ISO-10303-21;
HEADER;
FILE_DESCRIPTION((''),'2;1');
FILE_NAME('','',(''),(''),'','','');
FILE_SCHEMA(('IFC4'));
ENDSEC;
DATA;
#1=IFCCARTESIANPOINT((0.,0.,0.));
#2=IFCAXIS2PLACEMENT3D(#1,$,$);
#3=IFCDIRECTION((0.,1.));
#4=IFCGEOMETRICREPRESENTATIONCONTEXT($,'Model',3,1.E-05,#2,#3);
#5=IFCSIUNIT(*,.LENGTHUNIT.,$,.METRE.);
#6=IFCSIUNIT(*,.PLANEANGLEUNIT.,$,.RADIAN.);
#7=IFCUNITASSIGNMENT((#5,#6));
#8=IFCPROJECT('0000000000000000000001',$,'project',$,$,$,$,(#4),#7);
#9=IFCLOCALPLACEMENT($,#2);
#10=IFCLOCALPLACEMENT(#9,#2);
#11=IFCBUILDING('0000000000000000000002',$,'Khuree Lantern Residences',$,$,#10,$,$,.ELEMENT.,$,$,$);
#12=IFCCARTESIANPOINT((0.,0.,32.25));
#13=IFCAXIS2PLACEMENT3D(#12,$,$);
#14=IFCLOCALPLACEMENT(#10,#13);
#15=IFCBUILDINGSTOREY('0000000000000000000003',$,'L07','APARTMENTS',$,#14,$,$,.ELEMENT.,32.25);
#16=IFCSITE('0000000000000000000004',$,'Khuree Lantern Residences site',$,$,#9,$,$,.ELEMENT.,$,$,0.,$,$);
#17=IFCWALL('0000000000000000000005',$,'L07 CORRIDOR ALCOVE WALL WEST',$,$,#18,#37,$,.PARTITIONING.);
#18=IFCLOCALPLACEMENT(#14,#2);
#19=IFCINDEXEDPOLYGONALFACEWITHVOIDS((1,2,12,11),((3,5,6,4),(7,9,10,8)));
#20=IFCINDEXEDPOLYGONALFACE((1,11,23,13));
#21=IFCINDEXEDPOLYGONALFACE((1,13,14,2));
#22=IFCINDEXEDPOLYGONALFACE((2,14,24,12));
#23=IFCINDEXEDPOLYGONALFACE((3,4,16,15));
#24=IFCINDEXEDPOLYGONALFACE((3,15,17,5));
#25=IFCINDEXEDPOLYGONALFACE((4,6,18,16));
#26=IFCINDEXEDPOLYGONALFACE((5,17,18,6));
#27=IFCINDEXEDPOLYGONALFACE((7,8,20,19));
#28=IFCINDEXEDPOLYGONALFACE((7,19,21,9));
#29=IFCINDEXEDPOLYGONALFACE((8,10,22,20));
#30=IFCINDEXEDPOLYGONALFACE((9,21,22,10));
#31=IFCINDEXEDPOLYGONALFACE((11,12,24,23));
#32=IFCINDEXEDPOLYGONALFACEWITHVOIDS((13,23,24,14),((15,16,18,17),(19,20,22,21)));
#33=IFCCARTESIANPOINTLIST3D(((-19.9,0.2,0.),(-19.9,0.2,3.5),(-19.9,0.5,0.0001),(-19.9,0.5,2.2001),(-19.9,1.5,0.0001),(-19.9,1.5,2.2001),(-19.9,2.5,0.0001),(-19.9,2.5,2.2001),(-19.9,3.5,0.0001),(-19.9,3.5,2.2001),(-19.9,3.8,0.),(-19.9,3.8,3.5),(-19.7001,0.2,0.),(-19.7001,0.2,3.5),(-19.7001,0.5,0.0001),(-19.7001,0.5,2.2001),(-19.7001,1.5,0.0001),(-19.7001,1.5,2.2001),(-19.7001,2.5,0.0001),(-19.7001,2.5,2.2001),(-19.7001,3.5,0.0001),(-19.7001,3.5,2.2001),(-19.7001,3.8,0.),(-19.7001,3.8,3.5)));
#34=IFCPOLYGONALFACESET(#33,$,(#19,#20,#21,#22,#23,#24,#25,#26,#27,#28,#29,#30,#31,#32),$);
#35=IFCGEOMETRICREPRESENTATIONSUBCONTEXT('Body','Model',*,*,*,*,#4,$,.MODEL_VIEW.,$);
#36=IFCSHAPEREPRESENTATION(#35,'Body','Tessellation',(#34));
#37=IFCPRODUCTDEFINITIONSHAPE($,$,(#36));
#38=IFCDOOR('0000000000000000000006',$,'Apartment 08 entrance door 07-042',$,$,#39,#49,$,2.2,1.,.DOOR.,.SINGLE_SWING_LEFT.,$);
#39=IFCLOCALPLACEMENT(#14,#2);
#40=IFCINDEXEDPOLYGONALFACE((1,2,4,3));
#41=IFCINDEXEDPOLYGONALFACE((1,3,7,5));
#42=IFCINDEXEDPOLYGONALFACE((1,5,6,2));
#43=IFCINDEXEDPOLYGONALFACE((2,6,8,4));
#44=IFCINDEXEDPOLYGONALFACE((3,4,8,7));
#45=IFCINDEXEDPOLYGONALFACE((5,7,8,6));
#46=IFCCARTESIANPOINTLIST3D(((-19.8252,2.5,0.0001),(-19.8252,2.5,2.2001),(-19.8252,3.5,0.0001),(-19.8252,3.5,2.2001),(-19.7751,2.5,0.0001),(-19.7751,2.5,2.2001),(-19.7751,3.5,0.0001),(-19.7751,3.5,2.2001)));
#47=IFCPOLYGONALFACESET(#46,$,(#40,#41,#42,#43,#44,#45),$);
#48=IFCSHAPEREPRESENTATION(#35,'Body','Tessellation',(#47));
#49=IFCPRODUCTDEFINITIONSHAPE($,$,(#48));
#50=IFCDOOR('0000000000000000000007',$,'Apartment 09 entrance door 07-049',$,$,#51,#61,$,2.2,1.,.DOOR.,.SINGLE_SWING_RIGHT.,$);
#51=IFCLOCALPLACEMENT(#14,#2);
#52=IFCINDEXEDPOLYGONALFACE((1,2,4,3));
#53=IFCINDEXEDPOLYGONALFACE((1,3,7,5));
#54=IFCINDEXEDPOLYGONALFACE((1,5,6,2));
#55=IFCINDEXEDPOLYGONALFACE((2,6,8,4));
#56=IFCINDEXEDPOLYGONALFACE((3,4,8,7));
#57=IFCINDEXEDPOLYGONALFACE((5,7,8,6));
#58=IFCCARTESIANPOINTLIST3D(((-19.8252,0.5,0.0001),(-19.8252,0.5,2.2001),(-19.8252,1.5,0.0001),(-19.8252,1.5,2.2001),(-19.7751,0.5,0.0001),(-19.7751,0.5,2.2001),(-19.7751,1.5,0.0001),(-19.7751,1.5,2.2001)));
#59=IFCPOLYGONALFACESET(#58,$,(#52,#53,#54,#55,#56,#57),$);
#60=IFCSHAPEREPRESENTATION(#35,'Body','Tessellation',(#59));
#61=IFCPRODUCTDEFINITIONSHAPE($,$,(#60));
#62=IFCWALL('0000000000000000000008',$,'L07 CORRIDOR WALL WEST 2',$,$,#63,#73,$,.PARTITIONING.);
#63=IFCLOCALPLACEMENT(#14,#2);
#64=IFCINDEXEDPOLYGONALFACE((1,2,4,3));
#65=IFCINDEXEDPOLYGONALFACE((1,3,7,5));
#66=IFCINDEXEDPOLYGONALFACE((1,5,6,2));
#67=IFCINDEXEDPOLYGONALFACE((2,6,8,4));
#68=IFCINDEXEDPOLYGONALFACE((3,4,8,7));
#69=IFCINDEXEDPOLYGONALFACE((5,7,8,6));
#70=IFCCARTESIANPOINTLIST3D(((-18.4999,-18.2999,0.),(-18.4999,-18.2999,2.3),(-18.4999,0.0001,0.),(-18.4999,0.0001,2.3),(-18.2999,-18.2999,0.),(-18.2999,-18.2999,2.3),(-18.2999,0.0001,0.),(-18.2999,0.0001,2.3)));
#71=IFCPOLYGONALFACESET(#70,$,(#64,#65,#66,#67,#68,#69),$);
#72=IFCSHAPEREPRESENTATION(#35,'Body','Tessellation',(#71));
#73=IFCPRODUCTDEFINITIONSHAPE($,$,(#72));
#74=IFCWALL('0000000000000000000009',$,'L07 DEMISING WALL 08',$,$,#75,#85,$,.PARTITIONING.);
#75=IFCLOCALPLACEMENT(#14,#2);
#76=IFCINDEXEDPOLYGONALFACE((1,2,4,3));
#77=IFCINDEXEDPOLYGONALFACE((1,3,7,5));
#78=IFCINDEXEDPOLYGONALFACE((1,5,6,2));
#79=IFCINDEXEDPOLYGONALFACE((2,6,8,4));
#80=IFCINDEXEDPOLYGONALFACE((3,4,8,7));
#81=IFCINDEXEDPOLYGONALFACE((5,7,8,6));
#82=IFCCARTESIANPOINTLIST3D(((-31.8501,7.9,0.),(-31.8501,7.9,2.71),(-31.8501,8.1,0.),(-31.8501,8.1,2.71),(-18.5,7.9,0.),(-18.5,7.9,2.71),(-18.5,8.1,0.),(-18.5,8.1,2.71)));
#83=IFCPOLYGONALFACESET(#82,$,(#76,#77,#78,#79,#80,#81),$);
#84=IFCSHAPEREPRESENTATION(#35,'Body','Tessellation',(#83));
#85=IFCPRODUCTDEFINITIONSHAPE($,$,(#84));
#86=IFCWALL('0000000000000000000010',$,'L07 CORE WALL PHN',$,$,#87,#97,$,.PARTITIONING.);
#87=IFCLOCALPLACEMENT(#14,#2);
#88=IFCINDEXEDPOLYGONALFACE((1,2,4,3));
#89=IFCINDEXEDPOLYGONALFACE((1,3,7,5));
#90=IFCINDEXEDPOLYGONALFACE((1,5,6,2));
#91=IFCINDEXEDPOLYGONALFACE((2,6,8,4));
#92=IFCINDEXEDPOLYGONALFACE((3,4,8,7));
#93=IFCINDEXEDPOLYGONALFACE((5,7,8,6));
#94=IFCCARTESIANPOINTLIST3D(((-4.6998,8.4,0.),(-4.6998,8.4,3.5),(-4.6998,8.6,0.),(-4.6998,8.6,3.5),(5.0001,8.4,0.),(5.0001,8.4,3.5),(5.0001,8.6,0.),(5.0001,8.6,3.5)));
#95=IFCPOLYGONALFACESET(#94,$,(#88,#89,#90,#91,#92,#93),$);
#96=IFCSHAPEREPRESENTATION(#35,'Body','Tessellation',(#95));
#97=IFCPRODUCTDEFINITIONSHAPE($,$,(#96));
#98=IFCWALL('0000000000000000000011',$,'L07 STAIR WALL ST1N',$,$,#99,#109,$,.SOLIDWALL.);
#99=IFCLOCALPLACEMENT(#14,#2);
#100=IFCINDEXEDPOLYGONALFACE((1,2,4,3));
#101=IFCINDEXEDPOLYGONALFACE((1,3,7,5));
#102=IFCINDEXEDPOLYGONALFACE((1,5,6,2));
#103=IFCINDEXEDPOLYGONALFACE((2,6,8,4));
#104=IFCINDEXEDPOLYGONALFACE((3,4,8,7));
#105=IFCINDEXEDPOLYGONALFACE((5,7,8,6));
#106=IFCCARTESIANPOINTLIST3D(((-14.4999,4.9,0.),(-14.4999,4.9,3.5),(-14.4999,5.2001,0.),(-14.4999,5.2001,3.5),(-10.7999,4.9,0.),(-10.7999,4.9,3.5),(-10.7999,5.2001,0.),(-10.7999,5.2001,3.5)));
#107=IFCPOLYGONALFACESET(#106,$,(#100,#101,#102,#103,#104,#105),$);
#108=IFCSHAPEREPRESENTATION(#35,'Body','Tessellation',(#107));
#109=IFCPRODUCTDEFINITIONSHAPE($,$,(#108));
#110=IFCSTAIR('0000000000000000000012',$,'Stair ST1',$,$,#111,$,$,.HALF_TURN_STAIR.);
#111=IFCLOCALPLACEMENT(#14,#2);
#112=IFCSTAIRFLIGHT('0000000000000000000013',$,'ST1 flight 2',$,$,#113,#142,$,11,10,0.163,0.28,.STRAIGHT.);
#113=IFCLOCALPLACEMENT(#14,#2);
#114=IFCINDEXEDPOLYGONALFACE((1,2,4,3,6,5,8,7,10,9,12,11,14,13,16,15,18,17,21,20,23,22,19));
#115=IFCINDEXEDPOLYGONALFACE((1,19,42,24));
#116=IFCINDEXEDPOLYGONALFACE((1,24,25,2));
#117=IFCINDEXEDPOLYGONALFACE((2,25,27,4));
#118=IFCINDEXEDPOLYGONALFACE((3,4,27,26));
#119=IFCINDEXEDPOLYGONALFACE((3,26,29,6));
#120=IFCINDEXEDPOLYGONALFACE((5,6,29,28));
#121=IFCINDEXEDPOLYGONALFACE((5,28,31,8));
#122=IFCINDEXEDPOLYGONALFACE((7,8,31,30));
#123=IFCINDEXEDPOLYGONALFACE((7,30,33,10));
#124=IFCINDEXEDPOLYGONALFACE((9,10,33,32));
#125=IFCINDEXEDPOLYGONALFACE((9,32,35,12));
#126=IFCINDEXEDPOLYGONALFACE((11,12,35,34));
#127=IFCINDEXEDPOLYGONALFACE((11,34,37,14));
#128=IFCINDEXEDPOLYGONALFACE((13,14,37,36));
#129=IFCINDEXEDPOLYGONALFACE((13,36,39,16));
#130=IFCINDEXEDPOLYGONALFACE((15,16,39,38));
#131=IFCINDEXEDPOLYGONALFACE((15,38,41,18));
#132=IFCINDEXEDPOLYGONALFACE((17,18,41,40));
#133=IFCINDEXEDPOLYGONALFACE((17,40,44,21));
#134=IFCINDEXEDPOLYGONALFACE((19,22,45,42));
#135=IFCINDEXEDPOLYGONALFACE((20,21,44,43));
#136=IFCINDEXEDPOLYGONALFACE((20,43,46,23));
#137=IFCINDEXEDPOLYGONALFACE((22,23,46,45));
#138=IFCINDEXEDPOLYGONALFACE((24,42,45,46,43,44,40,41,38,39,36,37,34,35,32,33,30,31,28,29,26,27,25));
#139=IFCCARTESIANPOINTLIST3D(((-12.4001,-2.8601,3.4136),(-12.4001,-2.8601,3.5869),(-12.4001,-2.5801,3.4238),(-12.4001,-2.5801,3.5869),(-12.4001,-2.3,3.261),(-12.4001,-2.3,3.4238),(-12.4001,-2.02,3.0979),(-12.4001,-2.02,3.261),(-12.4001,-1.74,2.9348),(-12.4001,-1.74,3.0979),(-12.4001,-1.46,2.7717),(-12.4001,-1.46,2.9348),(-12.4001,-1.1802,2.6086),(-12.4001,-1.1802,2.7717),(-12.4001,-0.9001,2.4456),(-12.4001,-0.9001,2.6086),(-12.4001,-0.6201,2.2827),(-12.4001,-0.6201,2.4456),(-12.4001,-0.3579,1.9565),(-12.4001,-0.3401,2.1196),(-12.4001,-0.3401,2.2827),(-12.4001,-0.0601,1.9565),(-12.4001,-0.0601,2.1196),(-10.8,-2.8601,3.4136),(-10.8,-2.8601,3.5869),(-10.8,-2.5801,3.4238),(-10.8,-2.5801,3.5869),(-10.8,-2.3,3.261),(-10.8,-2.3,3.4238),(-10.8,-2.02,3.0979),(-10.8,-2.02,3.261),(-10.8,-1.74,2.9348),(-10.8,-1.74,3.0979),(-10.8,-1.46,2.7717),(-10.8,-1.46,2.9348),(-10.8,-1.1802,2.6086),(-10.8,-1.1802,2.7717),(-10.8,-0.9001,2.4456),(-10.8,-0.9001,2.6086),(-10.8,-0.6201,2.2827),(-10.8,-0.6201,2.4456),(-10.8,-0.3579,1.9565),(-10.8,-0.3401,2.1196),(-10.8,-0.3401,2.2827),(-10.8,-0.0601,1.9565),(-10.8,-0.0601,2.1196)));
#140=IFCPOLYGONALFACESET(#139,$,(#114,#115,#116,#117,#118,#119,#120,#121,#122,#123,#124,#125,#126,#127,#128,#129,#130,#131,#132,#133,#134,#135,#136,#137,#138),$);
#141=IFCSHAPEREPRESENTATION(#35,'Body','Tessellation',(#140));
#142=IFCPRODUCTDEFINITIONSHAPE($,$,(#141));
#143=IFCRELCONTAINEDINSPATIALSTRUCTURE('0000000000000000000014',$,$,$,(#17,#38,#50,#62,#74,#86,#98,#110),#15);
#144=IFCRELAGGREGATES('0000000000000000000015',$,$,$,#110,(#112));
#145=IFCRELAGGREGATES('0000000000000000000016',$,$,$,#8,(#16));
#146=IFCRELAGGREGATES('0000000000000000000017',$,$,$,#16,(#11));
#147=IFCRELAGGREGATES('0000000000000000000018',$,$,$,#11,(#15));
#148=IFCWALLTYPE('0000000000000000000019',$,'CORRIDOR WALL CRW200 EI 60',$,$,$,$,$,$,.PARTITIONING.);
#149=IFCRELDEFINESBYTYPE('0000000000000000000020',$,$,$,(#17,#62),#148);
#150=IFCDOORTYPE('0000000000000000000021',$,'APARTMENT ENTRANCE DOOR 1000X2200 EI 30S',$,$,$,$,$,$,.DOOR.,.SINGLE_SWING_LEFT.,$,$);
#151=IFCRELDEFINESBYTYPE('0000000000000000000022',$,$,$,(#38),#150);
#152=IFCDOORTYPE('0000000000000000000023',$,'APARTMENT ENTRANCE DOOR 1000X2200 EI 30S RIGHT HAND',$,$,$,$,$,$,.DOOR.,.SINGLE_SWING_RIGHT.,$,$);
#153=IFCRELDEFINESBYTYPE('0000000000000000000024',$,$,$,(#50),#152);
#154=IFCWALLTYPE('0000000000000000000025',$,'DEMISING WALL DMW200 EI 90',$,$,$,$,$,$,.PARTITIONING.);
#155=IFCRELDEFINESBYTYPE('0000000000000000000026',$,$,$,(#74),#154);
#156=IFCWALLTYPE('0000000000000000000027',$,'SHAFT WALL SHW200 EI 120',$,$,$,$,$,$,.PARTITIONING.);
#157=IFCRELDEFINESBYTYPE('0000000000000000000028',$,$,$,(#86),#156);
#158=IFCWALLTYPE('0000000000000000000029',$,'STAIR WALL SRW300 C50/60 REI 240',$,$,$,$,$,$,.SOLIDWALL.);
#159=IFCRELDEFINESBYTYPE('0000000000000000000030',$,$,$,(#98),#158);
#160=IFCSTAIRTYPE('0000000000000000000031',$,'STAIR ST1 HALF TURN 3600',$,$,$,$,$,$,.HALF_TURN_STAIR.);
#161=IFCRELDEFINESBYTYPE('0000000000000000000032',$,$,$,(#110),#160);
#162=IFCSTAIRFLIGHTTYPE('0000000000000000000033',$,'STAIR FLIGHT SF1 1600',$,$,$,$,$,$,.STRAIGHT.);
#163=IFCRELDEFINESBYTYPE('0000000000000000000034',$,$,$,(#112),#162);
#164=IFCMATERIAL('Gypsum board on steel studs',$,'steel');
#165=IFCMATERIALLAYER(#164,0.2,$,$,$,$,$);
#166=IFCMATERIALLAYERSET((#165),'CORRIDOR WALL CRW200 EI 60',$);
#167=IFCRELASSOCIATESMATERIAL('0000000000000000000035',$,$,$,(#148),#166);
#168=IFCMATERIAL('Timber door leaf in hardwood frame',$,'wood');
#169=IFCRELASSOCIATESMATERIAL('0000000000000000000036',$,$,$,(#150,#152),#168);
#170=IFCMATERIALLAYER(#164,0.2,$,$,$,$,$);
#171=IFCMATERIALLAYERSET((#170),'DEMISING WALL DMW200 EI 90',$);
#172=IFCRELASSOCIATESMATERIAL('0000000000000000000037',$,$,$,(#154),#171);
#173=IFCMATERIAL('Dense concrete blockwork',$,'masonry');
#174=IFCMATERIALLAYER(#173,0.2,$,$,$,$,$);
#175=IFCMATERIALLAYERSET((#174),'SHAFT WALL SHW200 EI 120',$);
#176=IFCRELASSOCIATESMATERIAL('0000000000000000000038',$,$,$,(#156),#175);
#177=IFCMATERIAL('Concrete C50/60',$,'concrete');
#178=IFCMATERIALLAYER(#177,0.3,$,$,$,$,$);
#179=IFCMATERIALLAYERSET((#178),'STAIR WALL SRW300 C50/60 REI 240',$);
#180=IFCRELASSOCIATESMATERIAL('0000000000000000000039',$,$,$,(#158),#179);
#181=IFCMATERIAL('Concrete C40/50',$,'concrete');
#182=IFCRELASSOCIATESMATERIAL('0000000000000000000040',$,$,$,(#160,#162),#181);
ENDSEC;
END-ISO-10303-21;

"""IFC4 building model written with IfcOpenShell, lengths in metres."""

from ifc_helpers import new_model, si_unit, direction, frame, frame_2d, origin, place, context, subcontext, project, spatial, polyline, rectangle, outline, extrude, material, layer, layer_set, type_object, element, fill, aggregate, save


model = new_model("IFC4")

# Units and contexts
model_context = context("Model", 3, precision=1e-05, world=origin(), true_north=direction((0.0, 1.0)))
body_context = subcontext(model_context, "Body", "Model", "MODEL_VIEW")
ifc_project = project(units=[si_unit("LENGTHUNIT", "METRE"), si_unit("PLANEANGLEUNIT", "RADIAN")], contexts=[model_context])

# Site, building, storey
site_placement = place(None, origin())
site = spatial("IfcSite", under=ifc_project, at=site_placement, Name="Khuree Lantern Residences site", CompositionType="ELEMENT", RefElevation=0.0)
building_placement = place(site_placement, origin())
building = spatial("IfcBuilding", under=site, at=building_placement, Name="Khuree Lantern Residences", CompositionType="ELEMENT")
storey_placement = place(building_placement, frame((0.0, 0.0, 32.25)))
storey = spatial("IfcBuildingStorey", under=building, at=storey_placement, Name="L07", Description="APARTMENTS", CompositionType="ELEMENT", Elevation=32.25)

# Shared definitions
ifc_material_1 = material(Name="Dense concrete blockwork", Category="masonry")

# Shared definitions
ifc_material_2 = material(Name="Timber door leaf in hardwood frame", Category="wood")

# Shared definitions
ifc_material_3 = material(Name="Gypsum board on steel studs", Category="steel")
ifc_layer_1 = layer(ifc_material_3, 0.2)
ifc_layer_set_1 = layer_set([ifc_layer_1], Name="CORRIDOR WALL CRW200 EI 60")
wall_type_1 = type_object("IfcWallType", Name="CORRIDOR WALL CRW200 EI 60", PredefinedType="PARTITIONING", material=ifc_layer_set_1)

# Wall, openings, doors
wall_1_placement = place(storey_placement, frame((-19.8, 3.8, 0.0), z_axis=(0.0, 0.0, 1.0), x_axis=(0.0, -1.0, 0.0)))
wall_1 = element("IfcWall", 1, at=wall_1_placement, inside=storey, type_object=wall_type_1, Name="L07 CORRIDOR ALCOVE WALL WEST", PredefinedType="PARTITIONING", context=body_context, shape_type="SweptSolid", body=[
    extrude(rectangle(XDim=3.6001, YDim=0.2, at=frame_2d((1.8, 0.0))), origin(), (0.0, 0.0, 1.0), 3.5),
])
opening_1_placement = place(wall_1_placement, frame((0.3, 0.0, 0.0)))
opening_1 = element("IfcOpeningElement", 2, at=opening_1_placement, cuts=wall_1, PredefinedType="OPENING", context=body_context, shape_type="SweptSolid", body=[
    extrude(rectangle(XDim=1.0, YDim=2.2, at=frame_2d((0.5, 1.1001))), frame((0.0, 0.1099, 0.0), z_axis=(0.0, -1.0, 0.0), x_axis=(1.0, 0.0, 0.0)), (0.0, 0.0, 1.0), 0.22),
])
opening_2_placement = place(wall_1_placement, frame((2.3, 0.0, 0.0)))
opening_2 = element("IfcOpeningElement", 3, at=opening_2_placement, cuts=wall_1, PredefinedType="OPENING", context=body_context, shape_type="SweptSolid", body=[
    extrude(rectangle(XDim=1.0, YDim=2.2, at=frame_2d((0.5, 1.1001))), frame((0.0, 0.1099, 0.0), z_axis=(0.0, -1.0, 0.0), x_axis=(1.0, 0.0, 0.0)), (0.0, 0.0, 1.0), 0.22),
])
door_type_1 = type_object("IfcDoorType", Name="APARTMENT ENTRANCE DOOR 1000X2200 EI 30S", OperationType="SINGLE_SWING_LEFT", PredefinedType="DOOR", material=ifc_material_2)
door_1_placement = place(opening_1_placement, origin())
door_1 = element("IfcDoor", 4, at=door_1_placement, inside=storey, type_object=door_type_1, Name="Apartment 08 entrance door 07-042", OperationType="SINGLE_SWING_LEFT", OverallHeight=2.2, OverallWidth=1.0, PredefinedType="DOOR", context=body_context, shape_type="SweptSolid", body=[
    extrude(rectangle(XDim=1.0, YDim=2.2, at=frame_2d((0.5, 1.1001))), frame((0.0, 0.0249, 0.0), z_axis=(0.0, -1.0, 0.0), x_axis=(1.0, 0.0, 0.0)), (0.0, 0.0, 1.0), 0.05),
])
fill(opening_1, door_1)
door_type_2 = type_object("IfcDoorType", Name="APARTMENT ENTRANCE DOOR 1000X2200 EI 30S RIGHT HAND", OperationType="SINGLE_SWING_RIGHT", PredefinedType="DOOR", material=ifc_material_2)
door_2_placement = place(opening_2_placement, origin())
door_2 = element("IfcDoor", 5, at=door_2_placement, inside=storey, type_object=door_type_2, Name="Apartment 09 entrance door 07-049", OperationType="SINGLE_SWING_RIGHT", OverallHeight=2.2, OverallWidth=1.0, PredefinedType="DOOR", context=body_context, shape_type="SweptSolid", body=[
    extrude(rectangle(XDim=1.0, YDim=2.2, at=frame_2d((0.5, 1.1001))), frame((0.0, 0.0249, 0.0), z_axis=(0.0, -1.0, 0.0), x_axis=(1.0, 0.0, 0.0)), (0.0, 0.0, 1.0), 0.05),
])
fill(opening_2, door_2)

# Walls
wall_2_placement = place(storey_placement, frame((-18.3999, 0.0, 0.0), z_axis=(0.0, 0.0, 1.0), x_axis=(0.0, -1.0, 0.0)))
element("IfcWall", 6, at=wall_2_placement, inside=storey, type_object=wall_type_1, Name="L07 CORRIDOR WALL WEST 2", PredefinedType="PARTITIONING", context=body_context, shape_type="SweptSolid", body=[
    extrude(rectangle(XDim=18.3, YDim=0.2, at=frame_2d((9.1499, 0.0))), origin(), (0.0, 0.0, 1.0), 2.3),
])
ifc_layer_2 = layer(ifc_material_3, 0.2)
ifc_layer_set_2 = layer_set([ifc_layer_2], Name="DEMISING WALL DMW200 EI 90")
wall_type_2 = type_object("IfcWallType", Name="DEMISING WALL DMW200 EI 90", PredefinedType="PARTITIONING", material=ifc_layer_set_2)
wall_3_placement = place(storey_placement, frame((-18.5, 8.0, 0.0), z_axis=(0.0, 0.0, 1.0), x_axis=(-1.0, 0.0, 0.0)))
element("IfcWall", 7, at=wall_3_placement, inside=storey, type_object=wall_type_2, Name="L07 DEMISING WALL 08", PredefinedType="PARTITIONING", context=body_context, shape_type="SweptSolid", body=[
    extrude(rectangle(XDim=13.3501, YDim=0.2, at=frame_2d((6.675, 0.0))), origin(), (0.0, 0.0, 1.0), 2.71),
])
ifc_layer_3 = layer(ifc_material_1, 0.2)
ifc_layer_set_3 = layer_set([ifc_layer_3], Name="SHAFT WALL SHW200 EI 120")
wall_type_3 = type_object("IfcWallType", Name="SHAFT WALL SHW200 EI 120", PredefinedType="PARTITIONING", material=ifc_layer_set_3)
wall_4_placement = place(storey_placement, frame((-4.7, 8.5, 0.0), z_axis=(0.0, 0.0, 1.0), x_axis=(1.0, 0.0, 0.0)))
element("IfcWall", 8, at=wall_4_placement, inside=storey, type_object=wall_type_3, Name="L07 CORE WALL PHN", PredefinedType="PARTITIONING", context=body_context, shape_type="SweptSolid", body=[
    extrude(rectangle(XDim=9.7, YDim=0.2, at=frame_2d((4.8501, 0.0))), origin(), (0.0, 0.0, 1.0), 3.5),
])
ifc_material_4 = material(Name="Concrete C50/60", Category="concrete")
ifc_layer_4 = layer(ifc_material_4, 0.3)
ifc_layer_set_4 = layer_set([ifc_layer_4], Name="STAIR WALL SRW300 C50/60 REI 240")
wall_type_4 = type_object("IfcWallType", Name="STAIR WALL SRW300 C50/60 REI 240", PredefinedType="SOLIDWALL", material=ifc_layer_set_4)
wall_5_placement = place(storey_placement, frame((-14.5, 5.05, 0.0), z_axis=(0.0, 0.0, 1.0), x_axis=(1.0, 0.0, 0.0)))
element("IfcWall", 9, at=wall_5_placement, inside=storey, type_object=wall_type_4, Name="L07 STAIR WALL ST1N", PredefinedType="SOLIDWALL", context=body_context, shape_type="SweptSolid", body=[
    extrude(rectangle(XDim=3.7, YDim=0.3, at=frame_2d((1.8501, 0.0))), origin(), (0.0, 0.0, 1.0), 3.5),
])

# Stair, stair flight
ifc_material_5 = material(Name="Concrete C40/50", Category="concrete")
stair_type = type_object("IfcStairType", Name="STAIR ST1 HALF TURN 3600", PredefinedType="HALF_TURN_STAIR", material=ifc_material_5)
stair_placement = place(storey_placement, origin())
stair = element("IfcStair", 10, at=stair_placement, inside=storey, type_object=stair_type, Name="Stair ST1", PredefinedType="HALF_TURN_STAIR")
stair_flight_type = type_object("IfcStairFlightType", Name="STAIR FLIGHT SF1 1600", PredefinedType="STRAIGHT", material=ifc_material_5)
stair_flight_placement = place(storey_placement, frame((-11.6001, -0.0601, 1.9565), z_axis=(0.0, 0.0, 1.0), x_axis=(0.0, -1.0, 0.0)))
stair_flight = element("IfcStairFlight", 11, at=stair_flight_placement, type_object=stair_flight_type, Name="ST1 flight 2", NumberOfRisers=11, NumberOfTreads=10, PredefinedType="STRAIGHT", RiserHeight=0.163, TreadLength=0.28, context=body_context, shape_type="SweptSolid", body=[
    extrude(outline(polyline([(0.0, 0.0), (0.0, 0.1631), (0.28, 0.1631), (0.28, 0.3262), (0.5601, 0.3262), (0.5601, 0.489), (0.8401, 0.489), (0.8401, 0.6521), (1.1201, 0.6521), (1.1201, 0.8152), (1.3999, 0.8152), (1.3999, 0.9783), (1.6799, 0.9783), (1.6799, 1.1414), (1.96, 1.1414), (1.96, 1.3044), (2.24, 1.3044), (2.24, 1.4673), (2.52, 1.4673), (2.52, 1.6304), (2.8, 1.6304), (2.8, 1.7935), (2.8, 1.457), (0.2979, 0.0), (0.0, 0.0)])), frame((0.0, 0.8, 0.0), z_axis=(0.0, -1.0, 0.0), x_axis=(1.0, 0.0, 0.0)), (0.0, 0.0, 1.0), 1.6001),
])
aggregate(stair, [stair_flight])

save(model, "model.ifc")
